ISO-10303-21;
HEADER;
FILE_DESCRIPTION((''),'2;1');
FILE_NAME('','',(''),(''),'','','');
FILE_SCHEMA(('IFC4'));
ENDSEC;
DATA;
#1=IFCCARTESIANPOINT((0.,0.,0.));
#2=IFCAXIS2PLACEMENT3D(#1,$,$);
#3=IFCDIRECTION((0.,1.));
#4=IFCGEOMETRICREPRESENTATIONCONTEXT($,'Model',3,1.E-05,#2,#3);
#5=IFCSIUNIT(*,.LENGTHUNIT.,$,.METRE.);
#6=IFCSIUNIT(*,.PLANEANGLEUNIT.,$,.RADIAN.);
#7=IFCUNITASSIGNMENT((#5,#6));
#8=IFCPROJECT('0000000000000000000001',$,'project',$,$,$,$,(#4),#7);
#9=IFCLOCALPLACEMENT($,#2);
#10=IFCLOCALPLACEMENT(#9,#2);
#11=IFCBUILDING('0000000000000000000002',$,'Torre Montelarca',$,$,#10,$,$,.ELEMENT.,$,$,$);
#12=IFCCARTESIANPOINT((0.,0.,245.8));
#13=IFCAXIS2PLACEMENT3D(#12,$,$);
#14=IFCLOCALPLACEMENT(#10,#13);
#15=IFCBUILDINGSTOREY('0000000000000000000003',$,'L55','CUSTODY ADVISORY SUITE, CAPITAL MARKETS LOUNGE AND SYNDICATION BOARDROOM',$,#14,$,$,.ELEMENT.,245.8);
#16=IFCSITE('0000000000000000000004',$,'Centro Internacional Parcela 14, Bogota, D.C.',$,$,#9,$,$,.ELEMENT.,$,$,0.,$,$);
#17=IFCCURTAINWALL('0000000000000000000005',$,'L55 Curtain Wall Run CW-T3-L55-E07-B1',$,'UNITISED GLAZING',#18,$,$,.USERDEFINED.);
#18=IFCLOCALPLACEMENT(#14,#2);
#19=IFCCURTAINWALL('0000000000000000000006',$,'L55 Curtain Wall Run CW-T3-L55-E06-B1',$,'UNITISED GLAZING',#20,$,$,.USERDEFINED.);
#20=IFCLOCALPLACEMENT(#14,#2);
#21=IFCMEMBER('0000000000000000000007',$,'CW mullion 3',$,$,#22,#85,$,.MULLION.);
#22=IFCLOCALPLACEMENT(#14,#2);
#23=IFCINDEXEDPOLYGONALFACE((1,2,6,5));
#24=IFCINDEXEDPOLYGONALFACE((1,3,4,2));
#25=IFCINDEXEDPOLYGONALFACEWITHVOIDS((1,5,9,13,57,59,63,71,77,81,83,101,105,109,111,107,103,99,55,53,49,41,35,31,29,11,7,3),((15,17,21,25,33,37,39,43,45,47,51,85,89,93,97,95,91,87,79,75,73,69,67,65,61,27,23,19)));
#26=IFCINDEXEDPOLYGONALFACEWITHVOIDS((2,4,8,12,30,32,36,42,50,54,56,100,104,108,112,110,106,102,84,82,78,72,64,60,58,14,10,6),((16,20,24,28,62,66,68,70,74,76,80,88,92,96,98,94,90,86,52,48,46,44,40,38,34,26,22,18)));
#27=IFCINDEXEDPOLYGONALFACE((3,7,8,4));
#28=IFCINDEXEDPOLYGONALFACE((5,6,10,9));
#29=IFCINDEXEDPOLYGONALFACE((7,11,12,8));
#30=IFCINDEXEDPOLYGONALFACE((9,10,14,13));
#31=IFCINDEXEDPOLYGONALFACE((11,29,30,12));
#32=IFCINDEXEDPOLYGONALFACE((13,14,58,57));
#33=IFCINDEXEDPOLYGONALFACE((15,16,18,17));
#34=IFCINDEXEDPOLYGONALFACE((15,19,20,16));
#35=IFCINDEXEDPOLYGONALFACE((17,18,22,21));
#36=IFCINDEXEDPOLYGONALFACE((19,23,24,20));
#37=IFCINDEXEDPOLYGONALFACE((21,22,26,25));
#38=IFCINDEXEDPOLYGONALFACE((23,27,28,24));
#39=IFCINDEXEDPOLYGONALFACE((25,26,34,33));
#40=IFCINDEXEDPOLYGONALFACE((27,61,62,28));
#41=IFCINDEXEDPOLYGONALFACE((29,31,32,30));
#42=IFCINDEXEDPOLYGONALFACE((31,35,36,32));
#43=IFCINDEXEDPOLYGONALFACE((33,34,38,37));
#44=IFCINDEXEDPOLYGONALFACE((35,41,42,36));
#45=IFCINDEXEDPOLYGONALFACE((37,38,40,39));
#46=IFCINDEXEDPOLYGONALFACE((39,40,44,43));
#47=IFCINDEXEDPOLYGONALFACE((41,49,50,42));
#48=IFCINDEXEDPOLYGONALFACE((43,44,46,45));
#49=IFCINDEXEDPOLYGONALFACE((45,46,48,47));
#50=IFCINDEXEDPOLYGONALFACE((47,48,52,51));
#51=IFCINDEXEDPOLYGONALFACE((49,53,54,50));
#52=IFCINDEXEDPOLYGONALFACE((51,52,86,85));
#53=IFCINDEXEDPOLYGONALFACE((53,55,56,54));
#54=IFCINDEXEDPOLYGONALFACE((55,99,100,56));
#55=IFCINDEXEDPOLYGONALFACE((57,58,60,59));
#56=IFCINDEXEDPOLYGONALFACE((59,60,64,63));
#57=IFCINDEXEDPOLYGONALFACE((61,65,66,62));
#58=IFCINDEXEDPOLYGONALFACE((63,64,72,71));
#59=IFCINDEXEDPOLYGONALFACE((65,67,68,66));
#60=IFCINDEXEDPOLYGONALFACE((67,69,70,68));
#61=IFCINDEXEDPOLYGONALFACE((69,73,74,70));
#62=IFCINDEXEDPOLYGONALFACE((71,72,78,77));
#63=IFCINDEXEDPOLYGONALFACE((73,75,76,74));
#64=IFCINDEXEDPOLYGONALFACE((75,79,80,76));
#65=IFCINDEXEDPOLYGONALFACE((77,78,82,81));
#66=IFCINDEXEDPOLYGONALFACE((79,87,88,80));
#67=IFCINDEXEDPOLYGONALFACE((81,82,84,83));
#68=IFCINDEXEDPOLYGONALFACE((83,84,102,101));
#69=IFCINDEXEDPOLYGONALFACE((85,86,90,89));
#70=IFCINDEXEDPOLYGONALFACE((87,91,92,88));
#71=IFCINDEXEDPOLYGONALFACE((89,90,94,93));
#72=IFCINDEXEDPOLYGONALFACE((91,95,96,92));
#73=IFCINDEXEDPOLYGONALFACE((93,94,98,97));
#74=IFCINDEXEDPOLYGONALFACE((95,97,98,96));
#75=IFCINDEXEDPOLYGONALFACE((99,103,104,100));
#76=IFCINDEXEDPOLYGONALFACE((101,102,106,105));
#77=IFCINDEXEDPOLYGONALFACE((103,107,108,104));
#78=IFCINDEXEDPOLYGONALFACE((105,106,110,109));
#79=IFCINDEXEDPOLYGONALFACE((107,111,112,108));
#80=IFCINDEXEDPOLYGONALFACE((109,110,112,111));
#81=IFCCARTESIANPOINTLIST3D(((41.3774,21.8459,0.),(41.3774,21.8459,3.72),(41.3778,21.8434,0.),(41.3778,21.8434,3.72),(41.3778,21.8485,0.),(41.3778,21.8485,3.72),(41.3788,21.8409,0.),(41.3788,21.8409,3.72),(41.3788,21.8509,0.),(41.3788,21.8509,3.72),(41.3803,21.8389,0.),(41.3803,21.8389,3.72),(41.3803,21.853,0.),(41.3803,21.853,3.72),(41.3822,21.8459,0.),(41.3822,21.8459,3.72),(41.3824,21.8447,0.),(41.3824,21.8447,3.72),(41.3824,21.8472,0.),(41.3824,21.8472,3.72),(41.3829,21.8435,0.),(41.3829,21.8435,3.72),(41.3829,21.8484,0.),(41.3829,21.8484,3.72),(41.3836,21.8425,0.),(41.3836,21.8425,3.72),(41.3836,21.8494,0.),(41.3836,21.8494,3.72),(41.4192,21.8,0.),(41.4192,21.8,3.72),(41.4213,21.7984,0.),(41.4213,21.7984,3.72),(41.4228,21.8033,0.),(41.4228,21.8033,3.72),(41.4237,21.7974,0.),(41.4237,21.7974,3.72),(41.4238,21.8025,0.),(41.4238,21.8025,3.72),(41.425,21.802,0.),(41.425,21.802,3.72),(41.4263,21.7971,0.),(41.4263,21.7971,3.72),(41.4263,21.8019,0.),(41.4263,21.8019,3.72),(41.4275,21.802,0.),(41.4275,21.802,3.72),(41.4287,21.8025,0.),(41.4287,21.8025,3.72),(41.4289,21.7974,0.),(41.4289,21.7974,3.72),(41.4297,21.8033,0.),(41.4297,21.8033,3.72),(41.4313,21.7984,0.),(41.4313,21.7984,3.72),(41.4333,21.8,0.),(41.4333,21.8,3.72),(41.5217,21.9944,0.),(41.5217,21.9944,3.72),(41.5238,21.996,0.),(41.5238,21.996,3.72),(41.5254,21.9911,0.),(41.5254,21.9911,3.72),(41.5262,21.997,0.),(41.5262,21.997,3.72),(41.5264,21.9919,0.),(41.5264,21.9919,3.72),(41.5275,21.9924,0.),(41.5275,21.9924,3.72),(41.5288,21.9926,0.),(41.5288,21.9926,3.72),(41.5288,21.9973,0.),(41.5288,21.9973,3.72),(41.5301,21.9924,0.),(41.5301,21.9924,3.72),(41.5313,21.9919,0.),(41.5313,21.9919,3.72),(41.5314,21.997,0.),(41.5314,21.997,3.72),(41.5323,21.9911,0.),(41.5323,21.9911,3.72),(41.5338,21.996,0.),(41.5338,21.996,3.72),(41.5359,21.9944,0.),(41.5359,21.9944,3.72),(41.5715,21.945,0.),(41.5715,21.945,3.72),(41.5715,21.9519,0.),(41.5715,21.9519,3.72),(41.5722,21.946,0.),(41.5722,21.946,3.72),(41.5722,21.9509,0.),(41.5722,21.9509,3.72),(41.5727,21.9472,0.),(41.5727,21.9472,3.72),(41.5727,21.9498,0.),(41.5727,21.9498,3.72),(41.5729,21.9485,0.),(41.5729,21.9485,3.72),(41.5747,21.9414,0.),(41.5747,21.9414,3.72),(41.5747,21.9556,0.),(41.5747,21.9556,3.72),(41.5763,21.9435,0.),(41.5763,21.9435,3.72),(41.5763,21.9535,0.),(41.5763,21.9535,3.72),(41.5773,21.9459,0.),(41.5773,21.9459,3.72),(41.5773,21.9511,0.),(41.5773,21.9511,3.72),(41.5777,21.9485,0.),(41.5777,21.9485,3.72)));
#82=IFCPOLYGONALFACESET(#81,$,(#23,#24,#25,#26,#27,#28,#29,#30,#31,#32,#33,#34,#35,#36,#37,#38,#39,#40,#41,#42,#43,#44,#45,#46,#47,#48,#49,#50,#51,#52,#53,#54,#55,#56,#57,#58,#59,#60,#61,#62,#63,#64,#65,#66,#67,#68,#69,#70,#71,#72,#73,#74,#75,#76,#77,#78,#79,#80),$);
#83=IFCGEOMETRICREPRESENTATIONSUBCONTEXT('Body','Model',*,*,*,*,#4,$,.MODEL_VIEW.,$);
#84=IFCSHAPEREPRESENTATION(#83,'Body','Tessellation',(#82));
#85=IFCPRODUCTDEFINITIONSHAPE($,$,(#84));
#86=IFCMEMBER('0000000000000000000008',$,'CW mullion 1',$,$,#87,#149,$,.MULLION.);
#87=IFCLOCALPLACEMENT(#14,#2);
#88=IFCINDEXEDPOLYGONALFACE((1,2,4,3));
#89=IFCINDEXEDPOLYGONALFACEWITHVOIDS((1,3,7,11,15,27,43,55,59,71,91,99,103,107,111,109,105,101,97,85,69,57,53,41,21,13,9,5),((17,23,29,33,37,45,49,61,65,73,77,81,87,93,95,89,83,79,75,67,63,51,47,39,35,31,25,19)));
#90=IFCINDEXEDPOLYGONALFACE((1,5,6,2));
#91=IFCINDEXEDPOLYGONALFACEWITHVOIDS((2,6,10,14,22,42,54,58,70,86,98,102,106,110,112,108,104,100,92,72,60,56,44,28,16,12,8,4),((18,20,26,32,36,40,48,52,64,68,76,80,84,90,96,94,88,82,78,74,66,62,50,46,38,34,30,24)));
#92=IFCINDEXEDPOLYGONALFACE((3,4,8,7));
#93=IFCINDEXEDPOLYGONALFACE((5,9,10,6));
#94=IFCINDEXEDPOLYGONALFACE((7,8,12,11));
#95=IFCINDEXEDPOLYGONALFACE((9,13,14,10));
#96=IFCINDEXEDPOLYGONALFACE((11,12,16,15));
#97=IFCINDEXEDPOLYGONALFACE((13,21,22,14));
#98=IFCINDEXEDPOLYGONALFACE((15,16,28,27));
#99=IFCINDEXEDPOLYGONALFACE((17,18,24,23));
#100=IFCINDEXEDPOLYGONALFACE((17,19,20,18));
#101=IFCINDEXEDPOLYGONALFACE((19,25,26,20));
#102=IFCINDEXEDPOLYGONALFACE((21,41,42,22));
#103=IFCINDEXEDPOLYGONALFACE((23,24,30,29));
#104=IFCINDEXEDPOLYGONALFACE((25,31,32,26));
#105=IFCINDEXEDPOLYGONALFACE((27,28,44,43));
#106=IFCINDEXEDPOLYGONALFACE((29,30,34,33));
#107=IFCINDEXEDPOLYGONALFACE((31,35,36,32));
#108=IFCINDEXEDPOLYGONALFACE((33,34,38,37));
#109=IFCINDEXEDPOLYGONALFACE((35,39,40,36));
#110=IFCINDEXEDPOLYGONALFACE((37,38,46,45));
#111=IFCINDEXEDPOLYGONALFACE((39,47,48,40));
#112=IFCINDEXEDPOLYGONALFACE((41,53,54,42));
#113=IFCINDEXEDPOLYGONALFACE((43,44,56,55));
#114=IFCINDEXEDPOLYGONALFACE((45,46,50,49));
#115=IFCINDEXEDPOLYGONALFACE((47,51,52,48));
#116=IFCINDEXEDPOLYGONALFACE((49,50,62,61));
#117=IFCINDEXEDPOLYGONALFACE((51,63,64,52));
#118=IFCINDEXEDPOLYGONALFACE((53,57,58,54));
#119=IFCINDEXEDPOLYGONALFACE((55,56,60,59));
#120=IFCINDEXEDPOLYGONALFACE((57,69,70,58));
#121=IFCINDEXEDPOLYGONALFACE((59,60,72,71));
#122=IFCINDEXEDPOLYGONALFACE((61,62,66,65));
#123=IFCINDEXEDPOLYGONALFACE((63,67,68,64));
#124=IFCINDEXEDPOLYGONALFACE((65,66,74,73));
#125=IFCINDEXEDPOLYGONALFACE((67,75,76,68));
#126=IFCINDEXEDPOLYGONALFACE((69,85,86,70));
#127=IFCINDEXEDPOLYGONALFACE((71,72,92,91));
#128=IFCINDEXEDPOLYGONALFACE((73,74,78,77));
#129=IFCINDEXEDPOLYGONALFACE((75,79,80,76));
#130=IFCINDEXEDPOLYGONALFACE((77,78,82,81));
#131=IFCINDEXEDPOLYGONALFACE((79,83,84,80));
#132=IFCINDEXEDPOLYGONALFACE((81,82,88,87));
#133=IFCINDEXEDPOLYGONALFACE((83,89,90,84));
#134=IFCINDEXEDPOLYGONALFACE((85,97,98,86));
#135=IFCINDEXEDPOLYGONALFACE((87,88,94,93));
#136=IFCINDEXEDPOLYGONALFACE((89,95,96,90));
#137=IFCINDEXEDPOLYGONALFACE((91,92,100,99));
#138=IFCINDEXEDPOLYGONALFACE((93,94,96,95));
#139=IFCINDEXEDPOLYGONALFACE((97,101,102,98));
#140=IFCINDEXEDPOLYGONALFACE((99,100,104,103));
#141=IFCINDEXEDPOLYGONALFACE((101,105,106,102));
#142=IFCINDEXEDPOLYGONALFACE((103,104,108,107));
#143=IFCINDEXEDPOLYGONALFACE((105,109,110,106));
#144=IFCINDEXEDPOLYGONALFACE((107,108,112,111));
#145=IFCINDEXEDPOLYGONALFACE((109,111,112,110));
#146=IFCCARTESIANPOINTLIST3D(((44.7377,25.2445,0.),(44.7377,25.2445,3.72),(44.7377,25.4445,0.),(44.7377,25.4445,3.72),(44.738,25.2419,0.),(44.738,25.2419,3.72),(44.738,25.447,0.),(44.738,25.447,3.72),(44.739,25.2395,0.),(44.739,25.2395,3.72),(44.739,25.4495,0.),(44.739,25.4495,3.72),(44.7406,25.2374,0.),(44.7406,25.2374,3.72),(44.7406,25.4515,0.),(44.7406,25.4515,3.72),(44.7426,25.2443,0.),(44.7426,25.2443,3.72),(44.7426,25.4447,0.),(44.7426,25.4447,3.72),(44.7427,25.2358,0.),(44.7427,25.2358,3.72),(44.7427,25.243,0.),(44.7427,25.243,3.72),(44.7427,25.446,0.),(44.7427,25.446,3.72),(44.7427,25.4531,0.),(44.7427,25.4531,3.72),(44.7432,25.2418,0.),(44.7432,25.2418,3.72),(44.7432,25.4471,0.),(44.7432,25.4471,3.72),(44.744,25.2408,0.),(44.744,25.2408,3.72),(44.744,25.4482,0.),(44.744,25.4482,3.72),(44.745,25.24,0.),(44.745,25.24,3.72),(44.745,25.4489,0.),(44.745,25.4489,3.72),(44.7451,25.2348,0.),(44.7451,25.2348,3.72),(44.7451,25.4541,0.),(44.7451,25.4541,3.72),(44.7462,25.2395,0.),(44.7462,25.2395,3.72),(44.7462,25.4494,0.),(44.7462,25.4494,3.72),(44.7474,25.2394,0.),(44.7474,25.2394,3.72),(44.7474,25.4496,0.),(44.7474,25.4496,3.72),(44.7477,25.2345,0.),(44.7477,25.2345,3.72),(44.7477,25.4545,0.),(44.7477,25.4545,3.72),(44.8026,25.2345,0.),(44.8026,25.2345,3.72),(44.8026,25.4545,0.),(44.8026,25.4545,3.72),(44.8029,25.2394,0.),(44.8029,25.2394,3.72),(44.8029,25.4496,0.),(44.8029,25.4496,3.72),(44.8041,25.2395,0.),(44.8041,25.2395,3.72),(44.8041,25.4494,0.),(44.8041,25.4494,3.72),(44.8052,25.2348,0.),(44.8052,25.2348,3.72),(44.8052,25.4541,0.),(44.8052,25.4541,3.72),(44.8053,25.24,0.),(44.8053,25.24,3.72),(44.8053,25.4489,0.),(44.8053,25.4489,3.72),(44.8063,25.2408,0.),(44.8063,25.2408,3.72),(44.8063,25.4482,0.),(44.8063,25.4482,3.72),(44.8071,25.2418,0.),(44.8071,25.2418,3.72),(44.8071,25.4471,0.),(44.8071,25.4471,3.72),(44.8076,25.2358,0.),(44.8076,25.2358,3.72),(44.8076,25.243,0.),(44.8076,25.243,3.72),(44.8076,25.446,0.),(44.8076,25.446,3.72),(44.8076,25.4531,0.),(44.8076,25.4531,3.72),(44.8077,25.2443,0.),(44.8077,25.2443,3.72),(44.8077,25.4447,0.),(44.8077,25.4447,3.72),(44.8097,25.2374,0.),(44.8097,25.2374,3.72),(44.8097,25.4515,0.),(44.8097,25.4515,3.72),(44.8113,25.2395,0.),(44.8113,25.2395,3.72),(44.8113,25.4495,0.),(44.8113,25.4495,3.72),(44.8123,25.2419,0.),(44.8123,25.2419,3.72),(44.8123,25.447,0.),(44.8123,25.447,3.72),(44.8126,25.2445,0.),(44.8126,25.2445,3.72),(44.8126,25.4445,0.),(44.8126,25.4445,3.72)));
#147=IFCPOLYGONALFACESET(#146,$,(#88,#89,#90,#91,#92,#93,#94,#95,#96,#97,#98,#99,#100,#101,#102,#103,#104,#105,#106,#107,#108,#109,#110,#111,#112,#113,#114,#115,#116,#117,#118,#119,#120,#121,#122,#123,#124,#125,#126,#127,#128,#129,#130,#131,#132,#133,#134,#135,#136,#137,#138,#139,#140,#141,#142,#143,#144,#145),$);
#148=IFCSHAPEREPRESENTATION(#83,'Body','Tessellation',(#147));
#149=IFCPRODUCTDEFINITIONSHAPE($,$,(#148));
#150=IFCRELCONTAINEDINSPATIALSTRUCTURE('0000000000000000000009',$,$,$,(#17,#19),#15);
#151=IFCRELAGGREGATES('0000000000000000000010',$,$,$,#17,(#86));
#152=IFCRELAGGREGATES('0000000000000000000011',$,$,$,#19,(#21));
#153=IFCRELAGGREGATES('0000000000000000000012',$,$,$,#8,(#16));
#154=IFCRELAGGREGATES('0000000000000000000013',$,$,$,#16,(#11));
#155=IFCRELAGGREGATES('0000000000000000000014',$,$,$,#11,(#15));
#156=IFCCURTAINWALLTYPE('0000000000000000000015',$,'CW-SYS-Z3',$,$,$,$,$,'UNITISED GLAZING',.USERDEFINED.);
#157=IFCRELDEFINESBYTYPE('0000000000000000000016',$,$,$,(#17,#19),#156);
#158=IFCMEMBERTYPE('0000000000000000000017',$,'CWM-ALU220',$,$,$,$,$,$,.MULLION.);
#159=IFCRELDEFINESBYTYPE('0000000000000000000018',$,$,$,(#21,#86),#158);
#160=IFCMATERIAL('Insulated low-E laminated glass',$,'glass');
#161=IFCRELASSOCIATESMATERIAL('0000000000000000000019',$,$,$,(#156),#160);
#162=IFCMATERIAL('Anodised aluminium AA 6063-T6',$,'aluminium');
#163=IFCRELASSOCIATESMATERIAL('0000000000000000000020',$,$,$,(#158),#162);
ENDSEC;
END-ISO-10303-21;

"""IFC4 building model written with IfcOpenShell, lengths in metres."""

from ifc_helpers import new_model, si_unit, direction, frame, origin, origin_2d, place, context, subcontext, project, spatial, hollow_rectangle, extrude, source, transform, mapped, material, material_profile, profile_set, type_object, element, aggregate, save


model = new_model("IFC4")

# Units and contexts
model_context = context("Model", 3, precision=1e-05, world=origin(), true_north=direction((0.0, 1.0)))
body_context = subcontext(model_context, "Body", "Model", "MODEL_VIEW")
ifc_project = project(units=[si_unit("LENGTHUNIT", "METRE"), si_unit("PLANEANGLEUNIT", "RADIAN")], contexts=[model_context])

# Site, building, storey
site_placement = place(None, origin())
site = spatial("IfcSite", under=ifc_project, at=site_placement, Name="Centro Internacional Parcela 14, Bogota, D.C.", CompositionType="ELEMENT", RefElevation=0.0)
building_placement = place(site_placement, origin())
building = spatial("IfcBuilding", under=site, at=building_placement, Name="Torre Montelarca", CompositionType="ELEMENT")
storey_placement = place(building_placement, frame((0.0, 0.0, 245.8)))
storey = spatial("IfcBuildingStorey", under=building, at=storey_placement, Name="L55", Description="CUSTODY ADVISORY SUITE, CAPITAL MARKETS LOUNGE AND SYNDICATION BOARDROOM", CompositionType="ELEMENT", Elevation=245.8)

# Curtain walls, member
ifc_material_1 = material(Name="Insulated low-E laminated glass", Category="glass")
curtain_wall_type = type_object("IfcCurtainWallType", Name="CW-SYS-Z3", ElementType="UNITISED GLAZING", PredefinedType="USERDEFINED", material=ifc_material_1)
curtain_wall_1_placement = place(storey_placement, origin())
curtain_wall_1 = element("IfcCurtainWall", 1, at=curtain_wall_1_placement, inside=storey, type_object=curtain_wall_type, Name="L55 Curtain Wall Run CW-T3-L55-E07-B1", ObjectType="UNITISED GLAZING", PredefinedType="USERDEFINED")
ifc_material_2 = material(Name="Anodised aluminium AA 6063-T6", Category="aluminium")
curtain_wall_2_placement = place(storey_placement, origin())
curtain_wall_2 = element("IfcCurtainWall", 2, at=curtain_wall_2_placement, inside=storey, type_object=curtain_wall_type, Name="L55 Curtain Wall Run CW-T3-L55-E06-B1", ObjectType="UNITISED GLAZING", PredefinedType="USERDEFINED")
ifc_material_profile_1 = material_profile(ifc_material_2, hollow_rectangle(XDim=0.075, YDim=0.22, WallThickness=0.0049, InnerFilletRadius=0.0049, OuterFilletRadius=0.01, at=origin_2d()), Name="ALU75X220X5", Category="aluminium")
ifc_profile_set_1 = profile_set([ifc_material_profile_1], Name="Anodised aluminium AA 6063-T6")
member_type_1 = type_object("IfcMemberType", Name="CWM-ALU220", PredefinedType="MULLION", material=ifc_profile_set_1)
shared_shape_1 = source(origin(), body_context, "Body", "SweptSolid", [
    extrude(hollow_rectangle(XDim=0.075, YDim=0.22, WallThickness=0.0049, InnerFilletRadius=0.0049, OuterFilletRadius=0.01, at=origin_2d()), origin(), (0.0, 0.0, 1.0), 3.72),
])
member_1_placement = place(storey_placement, frame((41.4775, 21.8972, 0.0), z_axis=(0.0, 0.0, 1.0), x_axis=(-0.707107, 0.707107, 0.0)))
member_1 = element("IfcMember", 3, at=member_1_placement, type_object=member_type_1, Name="CW mullion 3", PredefinedType="MULLION", context=body_context, shape_type="MappedRepresentation", body=[
    mapped(shared_shape_1, transform((0.0, 0.0, 0.0), scale=1.0)),
])

# Member
member_2_placement = place(storey_placement, frame((44.7751, 25.3445, 0.0), z_axis=(0.0, 0.0, 1.0), x_axis=(-1.0, 0.0, 0.0)))
member_2 = element("IfcMember", 4, at=member_2_placement, type_object=member_type_1, Name="CW mullion 1", PredefinedType="MULLION", context=body_context, shape_type="MappedRepresentation", body=[
    mapped(shared_shape_1, transform((0.0, 0.0, 0.0), scale=1.0)),
])

aggregate(curtain_wall_1, [member_2])
aggregate(curtain_wall_2, [member_1])

save(model, "model.ifc")
